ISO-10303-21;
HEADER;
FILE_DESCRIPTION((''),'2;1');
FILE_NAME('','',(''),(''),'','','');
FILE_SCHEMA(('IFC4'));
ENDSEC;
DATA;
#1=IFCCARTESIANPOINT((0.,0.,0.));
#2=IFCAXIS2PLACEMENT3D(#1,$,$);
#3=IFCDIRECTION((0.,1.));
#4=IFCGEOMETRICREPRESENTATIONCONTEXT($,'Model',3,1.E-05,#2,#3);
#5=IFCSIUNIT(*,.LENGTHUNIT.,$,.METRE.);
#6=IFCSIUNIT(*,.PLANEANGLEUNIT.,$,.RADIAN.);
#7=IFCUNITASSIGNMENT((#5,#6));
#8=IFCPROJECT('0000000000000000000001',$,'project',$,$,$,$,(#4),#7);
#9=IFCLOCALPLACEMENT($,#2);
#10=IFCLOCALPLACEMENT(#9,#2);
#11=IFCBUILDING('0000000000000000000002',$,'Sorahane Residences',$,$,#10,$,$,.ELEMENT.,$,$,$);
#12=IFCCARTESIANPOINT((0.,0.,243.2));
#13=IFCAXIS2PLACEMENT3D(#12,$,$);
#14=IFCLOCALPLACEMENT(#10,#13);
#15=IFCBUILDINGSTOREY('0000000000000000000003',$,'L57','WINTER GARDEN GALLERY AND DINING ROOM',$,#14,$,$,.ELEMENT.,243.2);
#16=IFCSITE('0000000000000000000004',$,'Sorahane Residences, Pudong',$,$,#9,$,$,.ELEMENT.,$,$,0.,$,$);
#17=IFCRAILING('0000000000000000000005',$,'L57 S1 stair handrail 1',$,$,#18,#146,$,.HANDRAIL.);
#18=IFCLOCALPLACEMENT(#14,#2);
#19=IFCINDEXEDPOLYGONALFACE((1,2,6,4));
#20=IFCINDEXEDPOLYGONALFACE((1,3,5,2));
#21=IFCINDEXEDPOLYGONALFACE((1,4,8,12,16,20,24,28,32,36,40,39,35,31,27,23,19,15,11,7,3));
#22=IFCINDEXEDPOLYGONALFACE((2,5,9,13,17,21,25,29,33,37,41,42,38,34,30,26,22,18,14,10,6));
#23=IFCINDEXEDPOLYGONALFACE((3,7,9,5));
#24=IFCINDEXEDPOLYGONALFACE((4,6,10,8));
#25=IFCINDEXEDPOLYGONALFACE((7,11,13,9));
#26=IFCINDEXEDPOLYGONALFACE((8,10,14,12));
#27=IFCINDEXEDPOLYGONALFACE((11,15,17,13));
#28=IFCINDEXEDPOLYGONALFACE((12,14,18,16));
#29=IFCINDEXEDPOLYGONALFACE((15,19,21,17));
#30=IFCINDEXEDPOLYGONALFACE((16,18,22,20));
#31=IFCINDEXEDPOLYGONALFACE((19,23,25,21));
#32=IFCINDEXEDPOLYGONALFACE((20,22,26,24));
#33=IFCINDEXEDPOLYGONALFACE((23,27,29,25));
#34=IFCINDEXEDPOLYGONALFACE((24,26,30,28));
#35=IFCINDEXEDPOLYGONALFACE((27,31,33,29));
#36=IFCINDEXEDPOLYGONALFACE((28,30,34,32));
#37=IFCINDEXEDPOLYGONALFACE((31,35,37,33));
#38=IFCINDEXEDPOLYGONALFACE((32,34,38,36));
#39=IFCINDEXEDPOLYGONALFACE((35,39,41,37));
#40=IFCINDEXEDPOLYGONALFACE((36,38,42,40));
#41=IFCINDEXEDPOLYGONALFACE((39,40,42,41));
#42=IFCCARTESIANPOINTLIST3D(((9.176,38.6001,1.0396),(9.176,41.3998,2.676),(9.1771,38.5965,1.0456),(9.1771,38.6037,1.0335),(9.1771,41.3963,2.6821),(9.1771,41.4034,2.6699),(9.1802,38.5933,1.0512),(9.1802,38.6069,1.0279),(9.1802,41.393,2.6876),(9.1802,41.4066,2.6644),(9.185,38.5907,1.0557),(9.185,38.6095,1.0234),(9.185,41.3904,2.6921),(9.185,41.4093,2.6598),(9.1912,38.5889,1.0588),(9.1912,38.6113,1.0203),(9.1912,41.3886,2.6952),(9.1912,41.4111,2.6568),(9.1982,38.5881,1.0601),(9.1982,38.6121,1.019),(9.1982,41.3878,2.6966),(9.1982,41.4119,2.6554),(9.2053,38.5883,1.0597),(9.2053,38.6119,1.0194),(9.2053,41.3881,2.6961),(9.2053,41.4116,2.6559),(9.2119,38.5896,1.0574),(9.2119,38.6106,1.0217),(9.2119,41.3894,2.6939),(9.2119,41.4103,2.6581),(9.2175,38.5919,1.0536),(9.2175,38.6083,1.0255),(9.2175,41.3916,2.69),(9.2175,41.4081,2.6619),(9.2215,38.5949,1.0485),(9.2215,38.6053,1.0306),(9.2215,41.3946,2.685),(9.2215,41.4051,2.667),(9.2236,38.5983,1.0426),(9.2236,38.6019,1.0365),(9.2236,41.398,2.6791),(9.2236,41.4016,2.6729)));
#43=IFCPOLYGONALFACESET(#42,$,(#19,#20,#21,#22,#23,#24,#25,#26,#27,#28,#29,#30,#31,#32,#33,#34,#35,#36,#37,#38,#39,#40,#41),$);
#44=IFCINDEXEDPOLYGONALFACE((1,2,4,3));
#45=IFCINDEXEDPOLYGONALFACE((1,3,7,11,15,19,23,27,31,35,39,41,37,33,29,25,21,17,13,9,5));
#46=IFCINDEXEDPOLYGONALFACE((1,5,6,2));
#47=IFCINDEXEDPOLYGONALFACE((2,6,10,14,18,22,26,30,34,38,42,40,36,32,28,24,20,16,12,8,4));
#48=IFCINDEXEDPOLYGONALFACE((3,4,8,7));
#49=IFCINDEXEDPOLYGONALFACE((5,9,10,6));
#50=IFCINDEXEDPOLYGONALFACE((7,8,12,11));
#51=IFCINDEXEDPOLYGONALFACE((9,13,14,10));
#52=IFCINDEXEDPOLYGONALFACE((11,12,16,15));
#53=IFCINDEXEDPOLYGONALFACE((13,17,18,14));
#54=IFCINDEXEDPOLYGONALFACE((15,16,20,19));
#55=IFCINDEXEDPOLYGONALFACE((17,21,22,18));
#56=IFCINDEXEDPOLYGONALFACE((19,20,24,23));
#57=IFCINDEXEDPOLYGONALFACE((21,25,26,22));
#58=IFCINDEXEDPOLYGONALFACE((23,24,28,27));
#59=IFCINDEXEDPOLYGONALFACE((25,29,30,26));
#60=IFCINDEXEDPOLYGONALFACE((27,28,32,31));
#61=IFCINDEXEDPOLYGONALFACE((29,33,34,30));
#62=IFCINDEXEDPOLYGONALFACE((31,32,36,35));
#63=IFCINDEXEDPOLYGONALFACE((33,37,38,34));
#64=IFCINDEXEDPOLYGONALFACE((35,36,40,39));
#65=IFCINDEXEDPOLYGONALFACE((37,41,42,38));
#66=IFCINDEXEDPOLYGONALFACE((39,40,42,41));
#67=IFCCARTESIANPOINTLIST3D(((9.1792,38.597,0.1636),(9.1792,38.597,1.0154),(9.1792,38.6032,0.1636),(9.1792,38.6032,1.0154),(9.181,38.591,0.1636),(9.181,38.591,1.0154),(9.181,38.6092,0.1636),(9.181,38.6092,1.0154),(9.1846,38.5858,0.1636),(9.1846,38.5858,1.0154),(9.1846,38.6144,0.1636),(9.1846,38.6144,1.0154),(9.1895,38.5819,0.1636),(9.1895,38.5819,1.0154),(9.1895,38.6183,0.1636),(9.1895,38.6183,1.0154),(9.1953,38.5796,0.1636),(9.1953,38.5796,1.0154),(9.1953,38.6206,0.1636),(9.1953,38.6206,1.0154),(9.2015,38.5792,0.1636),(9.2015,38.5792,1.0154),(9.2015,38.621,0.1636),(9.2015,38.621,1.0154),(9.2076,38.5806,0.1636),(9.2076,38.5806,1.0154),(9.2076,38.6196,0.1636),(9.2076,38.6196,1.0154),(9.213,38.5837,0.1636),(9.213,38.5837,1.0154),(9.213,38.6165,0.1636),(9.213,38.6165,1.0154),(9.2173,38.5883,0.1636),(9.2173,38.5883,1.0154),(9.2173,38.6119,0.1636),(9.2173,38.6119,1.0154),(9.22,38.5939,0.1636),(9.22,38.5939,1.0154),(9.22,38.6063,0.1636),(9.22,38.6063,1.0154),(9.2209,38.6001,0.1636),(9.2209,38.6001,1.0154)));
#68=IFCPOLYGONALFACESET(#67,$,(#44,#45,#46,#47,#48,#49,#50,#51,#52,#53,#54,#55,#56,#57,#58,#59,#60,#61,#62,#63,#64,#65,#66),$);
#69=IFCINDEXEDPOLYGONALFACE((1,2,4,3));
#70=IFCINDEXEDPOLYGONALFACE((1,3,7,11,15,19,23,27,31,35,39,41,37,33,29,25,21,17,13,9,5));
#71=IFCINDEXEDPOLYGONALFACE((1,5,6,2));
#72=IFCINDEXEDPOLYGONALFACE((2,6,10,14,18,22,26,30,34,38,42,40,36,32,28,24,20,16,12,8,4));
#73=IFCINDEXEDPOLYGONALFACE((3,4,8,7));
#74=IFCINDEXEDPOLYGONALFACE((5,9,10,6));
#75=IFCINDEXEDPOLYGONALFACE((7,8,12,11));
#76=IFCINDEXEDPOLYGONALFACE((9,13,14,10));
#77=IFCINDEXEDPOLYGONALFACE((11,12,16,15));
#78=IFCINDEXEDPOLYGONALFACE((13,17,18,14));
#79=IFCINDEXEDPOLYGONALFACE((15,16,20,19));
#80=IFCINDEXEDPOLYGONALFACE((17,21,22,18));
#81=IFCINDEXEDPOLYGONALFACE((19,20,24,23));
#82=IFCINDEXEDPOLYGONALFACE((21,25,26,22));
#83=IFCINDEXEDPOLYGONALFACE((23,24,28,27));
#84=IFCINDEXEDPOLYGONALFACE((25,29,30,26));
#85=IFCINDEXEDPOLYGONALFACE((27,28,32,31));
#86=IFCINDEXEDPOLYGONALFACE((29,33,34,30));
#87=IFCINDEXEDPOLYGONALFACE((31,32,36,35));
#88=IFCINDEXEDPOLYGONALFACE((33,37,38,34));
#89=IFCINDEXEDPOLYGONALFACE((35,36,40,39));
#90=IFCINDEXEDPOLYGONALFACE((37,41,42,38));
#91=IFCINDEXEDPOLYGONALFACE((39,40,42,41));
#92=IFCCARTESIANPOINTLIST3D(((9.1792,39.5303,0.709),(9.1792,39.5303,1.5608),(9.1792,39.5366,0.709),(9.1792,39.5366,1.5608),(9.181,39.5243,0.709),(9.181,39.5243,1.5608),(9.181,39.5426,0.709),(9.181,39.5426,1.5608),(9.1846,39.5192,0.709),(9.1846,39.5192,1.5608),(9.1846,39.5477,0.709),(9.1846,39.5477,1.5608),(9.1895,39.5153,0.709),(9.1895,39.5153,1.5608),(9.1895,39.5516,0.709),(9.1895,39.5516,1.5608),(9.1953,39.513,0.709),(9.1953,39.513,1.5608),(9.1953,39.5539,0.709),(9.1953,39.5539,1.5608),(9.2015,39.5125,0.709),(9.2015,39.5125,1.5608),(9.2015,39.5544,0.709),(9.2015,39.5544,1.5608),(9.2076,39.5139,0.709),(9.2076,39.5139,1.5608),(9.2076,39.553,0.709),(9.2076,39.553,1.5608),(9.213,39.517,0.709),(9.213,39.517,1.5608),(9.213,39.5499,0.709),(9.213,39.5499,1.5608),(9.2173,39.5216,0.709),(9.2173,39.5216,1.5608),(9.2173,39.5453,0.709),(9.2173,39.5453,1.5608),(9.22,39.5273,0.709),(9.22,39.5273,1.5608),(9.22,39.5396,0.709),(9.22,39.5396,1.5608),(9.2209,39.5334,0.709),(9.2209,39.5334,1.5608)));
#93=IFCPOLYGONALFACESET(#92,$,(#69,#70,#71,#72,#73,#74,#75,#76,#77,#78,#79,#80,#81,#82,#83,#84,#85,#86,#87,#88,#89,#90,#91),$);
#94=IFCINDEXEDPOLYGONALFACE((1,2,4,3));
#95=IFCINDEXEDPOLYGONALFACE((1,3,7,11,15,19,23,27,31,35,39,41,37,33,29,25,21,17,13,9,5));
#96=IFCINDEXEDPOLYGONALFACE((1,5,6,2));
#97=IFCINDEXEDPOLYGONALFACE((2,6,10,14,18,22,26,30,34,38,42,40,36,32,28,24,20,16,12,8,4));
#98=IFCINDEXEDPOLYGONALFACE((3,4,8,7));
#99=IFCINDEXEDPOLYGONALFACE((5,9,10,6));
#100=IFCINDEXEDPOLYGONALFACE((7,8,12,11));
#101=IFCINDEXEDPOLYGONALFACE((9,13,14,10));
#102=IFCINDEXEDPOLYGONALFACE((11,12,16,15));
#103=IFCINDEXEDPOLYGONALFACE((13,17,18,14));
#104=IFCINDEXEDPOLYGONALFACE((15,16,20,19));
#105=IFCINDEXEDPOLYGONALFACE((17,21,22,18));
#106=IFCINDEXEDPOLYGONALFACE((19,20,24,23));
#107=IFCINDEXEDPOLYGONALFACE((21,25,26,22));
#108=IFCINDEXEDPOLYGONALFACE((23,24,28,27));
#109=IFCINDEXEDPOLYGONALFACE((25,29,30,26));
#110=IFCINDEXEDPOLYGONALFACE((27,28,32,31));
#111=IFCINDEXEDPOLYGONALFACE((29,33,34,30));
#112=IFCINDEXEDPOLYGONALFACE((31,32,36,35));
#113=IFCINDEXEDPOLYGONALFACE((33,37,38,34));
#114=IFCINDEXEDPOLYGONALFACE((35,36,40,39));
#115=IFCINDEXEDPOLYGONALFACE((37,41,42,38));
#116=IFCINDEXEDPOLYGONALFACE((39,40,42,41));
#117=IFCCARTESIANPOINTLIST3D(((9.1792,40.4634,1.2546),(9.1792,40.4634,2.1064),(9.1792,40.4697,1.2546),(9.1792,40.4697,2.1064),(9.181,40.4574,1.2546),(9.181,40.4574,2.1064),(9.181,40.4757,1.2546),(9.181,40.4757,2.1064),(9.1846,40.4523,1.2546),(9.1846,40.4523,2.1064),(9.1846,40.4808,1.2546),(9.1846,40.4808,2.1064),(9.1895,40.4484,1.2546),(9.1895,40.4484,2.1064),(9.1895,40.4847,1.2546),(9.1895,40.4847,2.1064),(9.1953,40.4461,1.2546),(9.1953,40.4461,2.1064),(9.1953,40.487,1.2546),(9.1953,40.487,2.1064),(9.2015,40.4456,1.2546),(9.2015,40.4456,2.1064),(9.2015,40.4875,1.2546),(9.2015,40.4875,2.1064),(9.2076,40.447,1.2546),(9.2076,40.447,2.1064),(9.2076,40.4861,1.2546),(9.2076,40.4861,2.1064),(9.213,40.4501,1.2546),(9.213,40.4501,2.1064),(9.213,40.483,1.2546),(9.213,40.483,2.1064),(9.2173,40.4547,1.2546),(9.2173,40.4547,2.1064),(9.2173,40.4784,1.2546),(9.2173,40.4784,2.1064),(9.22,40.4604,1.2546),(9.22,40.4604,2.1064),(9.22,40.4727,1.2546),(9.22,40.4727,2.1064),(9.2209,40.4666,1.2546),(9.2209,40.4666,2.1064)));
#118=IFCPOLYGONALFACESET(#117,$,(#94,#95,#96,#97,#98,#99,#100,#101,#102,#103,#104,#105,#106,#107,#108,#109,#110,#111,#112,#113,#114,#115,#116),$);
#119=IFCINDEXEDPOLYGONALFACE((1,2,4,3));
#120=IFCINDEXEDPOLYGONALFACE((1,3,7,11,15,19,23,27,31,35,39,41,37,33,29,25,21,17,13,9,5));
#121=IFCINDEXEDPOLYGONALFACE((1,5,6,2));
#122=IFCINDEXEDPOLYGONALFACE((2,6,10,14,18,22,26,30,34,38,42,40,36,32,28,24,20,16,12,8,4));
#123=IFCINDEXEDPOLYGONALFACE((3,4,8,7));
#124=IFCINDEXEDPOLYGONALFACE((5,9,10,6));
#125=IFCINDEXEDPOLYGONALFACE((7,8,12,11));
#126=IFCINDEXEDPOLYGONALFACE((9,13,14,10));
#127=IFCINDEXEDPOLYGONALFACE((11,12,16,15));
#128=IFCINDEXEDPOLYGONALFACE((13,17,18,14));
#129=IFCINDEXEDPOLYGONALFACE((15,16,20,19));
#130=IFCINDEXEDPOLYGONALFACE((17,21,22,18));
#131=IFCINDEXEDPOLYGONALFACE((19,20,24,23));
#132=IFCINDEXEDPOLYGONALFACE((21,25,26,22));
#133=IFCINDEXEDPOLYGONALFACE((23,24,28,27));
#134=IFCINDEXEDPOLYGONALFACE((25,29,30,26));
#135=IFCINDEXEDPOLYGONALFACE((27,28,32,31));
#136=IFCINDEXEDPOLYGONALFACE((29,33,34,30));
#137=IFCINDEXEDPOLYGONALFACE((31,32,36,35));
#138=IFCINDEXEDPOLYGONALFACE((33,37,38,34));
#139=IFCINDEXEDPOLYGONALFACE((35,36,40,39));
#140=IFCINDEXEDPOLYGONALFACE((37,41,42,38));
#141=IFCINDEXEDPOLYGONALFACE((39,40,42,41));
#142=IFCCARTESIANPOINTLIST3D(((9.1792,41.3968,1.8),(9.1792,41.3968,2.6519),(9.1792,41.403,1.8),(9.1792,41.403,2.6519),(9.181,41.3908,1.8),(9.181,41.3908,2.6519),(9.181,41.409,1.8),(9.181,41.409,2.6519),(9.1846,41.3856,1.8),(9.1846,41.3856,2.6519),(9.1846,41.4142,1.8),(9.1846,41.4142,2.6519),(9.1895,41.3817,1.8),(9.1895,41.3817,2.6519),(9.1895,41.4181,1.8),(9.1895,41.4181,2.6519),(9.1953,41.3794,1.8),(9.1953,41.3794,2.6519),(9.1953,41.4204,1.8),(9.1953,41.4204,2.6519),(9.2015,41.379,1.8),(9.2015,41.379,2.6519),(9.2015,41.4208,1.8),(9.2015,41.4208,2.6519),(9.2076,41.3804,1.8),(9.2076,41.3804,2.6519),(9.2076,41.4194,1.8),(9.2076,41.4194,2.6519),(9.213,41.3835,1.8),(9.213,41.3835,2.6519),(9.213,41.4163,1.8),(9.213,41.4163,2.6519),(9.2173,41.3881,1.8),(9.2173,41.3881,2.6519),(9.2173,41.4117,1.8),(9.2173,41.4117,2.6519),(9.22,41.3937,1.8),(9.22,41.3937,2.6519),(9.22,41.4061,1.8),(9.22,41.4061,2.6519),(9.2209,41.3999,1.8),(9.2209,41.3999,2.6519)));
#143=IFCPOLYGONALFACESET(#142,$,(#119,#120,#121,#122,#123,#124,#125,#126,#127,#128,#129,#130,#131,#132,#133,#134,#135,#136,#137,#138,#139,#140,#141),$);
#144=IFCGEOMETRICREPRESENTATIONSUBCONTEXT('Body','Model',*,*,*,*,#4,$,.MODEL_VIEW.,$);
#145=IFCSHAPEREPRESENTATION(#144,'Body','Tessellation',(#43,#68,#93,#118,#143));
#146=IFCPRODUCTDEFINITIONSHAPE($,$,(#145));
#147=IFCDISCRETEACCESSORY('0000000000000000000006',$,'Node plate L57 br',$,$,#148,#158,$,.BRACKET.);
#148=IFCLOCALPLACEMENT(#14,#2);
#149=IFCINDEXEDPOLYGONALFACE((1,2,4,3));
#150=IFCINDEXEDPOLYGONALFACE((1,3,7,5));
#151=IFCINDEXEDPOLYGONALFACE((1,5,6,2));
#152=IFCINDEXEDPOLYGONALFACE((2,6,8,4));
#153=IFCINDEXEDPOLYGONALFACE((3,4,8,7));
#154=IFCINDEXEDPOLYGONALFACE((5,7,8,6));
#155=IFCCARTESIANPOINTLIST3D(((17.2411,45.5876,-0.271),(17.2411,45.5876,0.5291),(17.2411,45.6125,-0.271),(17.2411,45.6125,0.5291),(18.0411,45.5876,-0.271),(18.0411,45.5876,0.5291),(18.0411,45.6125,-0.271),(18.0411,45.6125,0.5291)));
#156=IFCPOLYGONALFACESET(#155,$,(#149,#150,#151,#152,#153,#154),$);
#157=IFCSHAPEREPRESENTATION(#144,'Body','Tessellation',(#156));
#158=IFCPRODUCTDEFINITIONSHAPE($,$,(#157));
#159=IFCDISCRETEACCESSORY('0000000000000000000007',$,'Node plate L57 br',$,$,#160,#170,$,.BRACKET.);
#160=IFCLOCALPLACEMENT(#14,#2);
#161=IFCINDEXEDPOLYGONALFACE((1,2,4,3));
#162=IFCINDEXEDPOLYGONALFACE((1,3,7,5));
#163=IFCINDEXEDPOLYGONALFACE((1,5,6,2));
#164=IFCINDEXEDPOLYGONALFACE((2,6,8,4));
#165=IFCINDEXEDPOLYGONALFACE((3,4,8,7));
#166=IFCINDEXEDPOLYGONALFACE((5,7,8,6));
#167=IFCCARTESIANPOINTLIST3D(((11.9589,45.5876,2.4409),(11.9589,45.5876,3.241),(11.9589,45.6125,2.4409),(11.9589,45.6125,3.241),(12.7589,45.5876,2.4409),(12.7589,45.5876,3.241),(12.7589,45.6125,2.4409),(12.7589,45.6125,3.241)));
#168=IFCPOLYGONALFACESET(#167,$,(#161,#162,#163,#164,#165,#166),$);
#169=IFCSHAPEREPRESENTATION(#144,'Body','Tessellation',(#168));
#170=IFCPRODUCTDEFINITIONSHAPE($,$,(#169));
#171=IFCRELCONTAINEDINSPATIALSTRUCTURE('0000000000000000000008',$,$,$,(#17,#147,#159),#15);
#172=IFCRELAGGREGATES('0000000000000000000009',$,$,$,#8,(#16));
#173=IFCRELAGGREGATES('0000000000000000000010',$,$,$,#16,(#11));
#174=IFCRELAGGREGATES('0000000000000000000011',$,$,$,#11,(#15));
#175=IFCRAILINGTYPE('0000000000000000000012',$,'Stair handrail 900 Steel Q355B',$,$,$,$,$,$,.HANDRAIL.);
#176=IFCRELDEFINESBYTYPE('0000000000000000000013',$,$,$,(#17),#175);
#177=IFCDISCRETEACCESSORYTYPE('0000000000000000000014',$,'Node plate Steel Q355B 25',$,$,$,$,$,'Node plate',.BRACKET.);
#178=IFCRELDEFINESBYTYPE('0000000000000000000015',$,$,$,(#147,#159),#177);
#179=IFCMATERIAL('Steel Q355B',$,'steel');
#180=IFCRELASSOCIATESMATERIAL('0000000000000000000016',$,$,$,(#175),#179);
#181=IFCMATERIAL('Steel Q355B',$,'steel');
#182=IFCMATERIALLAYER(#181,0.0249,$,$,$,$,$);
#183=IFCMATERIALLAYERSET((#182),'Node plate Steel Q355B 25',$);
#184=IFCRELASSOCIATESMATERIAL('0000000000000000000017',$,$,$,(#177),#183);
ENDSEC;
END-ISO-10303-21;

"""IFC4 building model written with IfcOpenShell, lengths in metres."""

from ifc_helpers import new_model, si_unit, direction, frame, origin, origin_2d, place, context, subcontext, project, spatial, rectangle, circle, extrude, material, layer, layer_set, type_object, element, save


model = new_model("IFC4")

# Units and contexts
model_context = context("Model", 3, precision=1e-05, world=origin(), true_north=direction((0.0, 1.0)))
body_context = subcontext(model_context, "Body", "Model", "MODEL_VIEW")
ifc_project = project(units=[si_unit("LENGTHUNIT", "METRE"), si_unit("PLANEANGLEUNIT", "RADIAN")], contexts=[model_context])

# Site, building, storey
site_placement = place(None, origin())
site = spatial("IfcSite", under=ifc_project, at=site_placement, Name="Sorahane Residences, Pudong", CompositionType="ELEMENT", RefElevation=0.0)
building_placement = place(site_placement, origin())
building = spatial("IfcBuilding", under=site, at=building_placement, Name="Sorahane Residences", CompositionType="ELEMENT")
storey_placement = place(building_placement, frame((0.0, 0.0, 243.2)))
storey = spatial("IfcBuildingStorey", under=building, at=storey_placement, Name="L57", Description="WINTER GARDEN GALLERY AND DINING ROOM", CompositionType="ELEMENT", Elevation=243.2)

# Railing
ifc_material_1 = material(Name="Steel Q355B", Category="steel")
railing_type = type_object("IfcRailingType", Name="Stair handrail 900 Steel Q355B", PredefinedType="HANDRAIL", material=ifc_material_1)
railing_placement = place(storey_placement, frame((9.2, 38.6001, 0.1636)))
element("IfcRailing", 1, at=railing_placement, inside=storey, type_object=railing_type, Name="L57 S1 stair handrail 1", PredefinedType="HANDRAIL", context=body_context, shape_type="SweptSolid", body=[
    extrude(circle(Radius=0.0239, at=origin_2d()), frame((0.0, 0.0, 0.876), z_axis=(0.0, 0.863342, 0.50462), x_axis=(-1.0, 0.0, 0.0)), (0.0, 0.0, 1.0), 3.2429),
    extrude(circle(Radius=0.021, at=origin_2d()), origin(), (0.0, 0.0, 1.0), 0.8518),
    extrude(circle(Radius=0.021, at=origin_2d()), frame((0.0, 0.9333, 0.5454)), (0.0, 0.0, 1.0), 0.8518),
    extrude(circle(Radius=0.021, at=origin_2d()), frame((0.0, 1.8665, 1.0911)), (0.0, 0.0, 1.0), 0.8518),
    extrude(circle(Radius=0.021, at=origin_2d()), frame((0.0, 2.7998, 1.6365)), (0.0, 0.0, 1.0), 0.8518),
])

# Discrete accessories
ifc_material_2 = material(Name="Steel Q355B", Category="steel")
ifc_layer_1 = layer(ifc_material_2, 0.0249)
ifc_layer_set_1 = layer_set([ifc_layer_1], Name="Node plate Steel Q355B 25")
discrete_accessory_type = type_object("IfcDiscreteAccessoryType", Name="Node plate Steel Q355B 25", ElementType="Node plate", PredefinedType="BRACKET", material=ifc_layer_set_1)
for number, where, z_axis, x_axis, name in (
    (2, (17.6411, 45.6001, -0.271), (0.0, 0.0, 1.0), (1.0, 0.0, 0.0), "Node plate L57 br"),
    (3, (12.3589, 45.6001, 2.4409), (0.0, 0.0, 1.0), (1.0, 0.0, 0.0), "Node plate L57 br"),
):
    element("IfcDiscreteAccessory", number, at=place(storey_placement, frame(where, z_axis=z_axis, x_axis=x_axis)), inside=storey, type_object=discrete_accessory_type, Name=name, PredefinedType="BRACKET", context=body_context, shape_type="SweptSolid", body=[
        extrude(rectangle(XDim=0.8, YDim=0.0249, at=origin_2d()), origin(), (0.0, 0.0, 1.0), 0.8),
    ])

save(model, "model.ifc")
